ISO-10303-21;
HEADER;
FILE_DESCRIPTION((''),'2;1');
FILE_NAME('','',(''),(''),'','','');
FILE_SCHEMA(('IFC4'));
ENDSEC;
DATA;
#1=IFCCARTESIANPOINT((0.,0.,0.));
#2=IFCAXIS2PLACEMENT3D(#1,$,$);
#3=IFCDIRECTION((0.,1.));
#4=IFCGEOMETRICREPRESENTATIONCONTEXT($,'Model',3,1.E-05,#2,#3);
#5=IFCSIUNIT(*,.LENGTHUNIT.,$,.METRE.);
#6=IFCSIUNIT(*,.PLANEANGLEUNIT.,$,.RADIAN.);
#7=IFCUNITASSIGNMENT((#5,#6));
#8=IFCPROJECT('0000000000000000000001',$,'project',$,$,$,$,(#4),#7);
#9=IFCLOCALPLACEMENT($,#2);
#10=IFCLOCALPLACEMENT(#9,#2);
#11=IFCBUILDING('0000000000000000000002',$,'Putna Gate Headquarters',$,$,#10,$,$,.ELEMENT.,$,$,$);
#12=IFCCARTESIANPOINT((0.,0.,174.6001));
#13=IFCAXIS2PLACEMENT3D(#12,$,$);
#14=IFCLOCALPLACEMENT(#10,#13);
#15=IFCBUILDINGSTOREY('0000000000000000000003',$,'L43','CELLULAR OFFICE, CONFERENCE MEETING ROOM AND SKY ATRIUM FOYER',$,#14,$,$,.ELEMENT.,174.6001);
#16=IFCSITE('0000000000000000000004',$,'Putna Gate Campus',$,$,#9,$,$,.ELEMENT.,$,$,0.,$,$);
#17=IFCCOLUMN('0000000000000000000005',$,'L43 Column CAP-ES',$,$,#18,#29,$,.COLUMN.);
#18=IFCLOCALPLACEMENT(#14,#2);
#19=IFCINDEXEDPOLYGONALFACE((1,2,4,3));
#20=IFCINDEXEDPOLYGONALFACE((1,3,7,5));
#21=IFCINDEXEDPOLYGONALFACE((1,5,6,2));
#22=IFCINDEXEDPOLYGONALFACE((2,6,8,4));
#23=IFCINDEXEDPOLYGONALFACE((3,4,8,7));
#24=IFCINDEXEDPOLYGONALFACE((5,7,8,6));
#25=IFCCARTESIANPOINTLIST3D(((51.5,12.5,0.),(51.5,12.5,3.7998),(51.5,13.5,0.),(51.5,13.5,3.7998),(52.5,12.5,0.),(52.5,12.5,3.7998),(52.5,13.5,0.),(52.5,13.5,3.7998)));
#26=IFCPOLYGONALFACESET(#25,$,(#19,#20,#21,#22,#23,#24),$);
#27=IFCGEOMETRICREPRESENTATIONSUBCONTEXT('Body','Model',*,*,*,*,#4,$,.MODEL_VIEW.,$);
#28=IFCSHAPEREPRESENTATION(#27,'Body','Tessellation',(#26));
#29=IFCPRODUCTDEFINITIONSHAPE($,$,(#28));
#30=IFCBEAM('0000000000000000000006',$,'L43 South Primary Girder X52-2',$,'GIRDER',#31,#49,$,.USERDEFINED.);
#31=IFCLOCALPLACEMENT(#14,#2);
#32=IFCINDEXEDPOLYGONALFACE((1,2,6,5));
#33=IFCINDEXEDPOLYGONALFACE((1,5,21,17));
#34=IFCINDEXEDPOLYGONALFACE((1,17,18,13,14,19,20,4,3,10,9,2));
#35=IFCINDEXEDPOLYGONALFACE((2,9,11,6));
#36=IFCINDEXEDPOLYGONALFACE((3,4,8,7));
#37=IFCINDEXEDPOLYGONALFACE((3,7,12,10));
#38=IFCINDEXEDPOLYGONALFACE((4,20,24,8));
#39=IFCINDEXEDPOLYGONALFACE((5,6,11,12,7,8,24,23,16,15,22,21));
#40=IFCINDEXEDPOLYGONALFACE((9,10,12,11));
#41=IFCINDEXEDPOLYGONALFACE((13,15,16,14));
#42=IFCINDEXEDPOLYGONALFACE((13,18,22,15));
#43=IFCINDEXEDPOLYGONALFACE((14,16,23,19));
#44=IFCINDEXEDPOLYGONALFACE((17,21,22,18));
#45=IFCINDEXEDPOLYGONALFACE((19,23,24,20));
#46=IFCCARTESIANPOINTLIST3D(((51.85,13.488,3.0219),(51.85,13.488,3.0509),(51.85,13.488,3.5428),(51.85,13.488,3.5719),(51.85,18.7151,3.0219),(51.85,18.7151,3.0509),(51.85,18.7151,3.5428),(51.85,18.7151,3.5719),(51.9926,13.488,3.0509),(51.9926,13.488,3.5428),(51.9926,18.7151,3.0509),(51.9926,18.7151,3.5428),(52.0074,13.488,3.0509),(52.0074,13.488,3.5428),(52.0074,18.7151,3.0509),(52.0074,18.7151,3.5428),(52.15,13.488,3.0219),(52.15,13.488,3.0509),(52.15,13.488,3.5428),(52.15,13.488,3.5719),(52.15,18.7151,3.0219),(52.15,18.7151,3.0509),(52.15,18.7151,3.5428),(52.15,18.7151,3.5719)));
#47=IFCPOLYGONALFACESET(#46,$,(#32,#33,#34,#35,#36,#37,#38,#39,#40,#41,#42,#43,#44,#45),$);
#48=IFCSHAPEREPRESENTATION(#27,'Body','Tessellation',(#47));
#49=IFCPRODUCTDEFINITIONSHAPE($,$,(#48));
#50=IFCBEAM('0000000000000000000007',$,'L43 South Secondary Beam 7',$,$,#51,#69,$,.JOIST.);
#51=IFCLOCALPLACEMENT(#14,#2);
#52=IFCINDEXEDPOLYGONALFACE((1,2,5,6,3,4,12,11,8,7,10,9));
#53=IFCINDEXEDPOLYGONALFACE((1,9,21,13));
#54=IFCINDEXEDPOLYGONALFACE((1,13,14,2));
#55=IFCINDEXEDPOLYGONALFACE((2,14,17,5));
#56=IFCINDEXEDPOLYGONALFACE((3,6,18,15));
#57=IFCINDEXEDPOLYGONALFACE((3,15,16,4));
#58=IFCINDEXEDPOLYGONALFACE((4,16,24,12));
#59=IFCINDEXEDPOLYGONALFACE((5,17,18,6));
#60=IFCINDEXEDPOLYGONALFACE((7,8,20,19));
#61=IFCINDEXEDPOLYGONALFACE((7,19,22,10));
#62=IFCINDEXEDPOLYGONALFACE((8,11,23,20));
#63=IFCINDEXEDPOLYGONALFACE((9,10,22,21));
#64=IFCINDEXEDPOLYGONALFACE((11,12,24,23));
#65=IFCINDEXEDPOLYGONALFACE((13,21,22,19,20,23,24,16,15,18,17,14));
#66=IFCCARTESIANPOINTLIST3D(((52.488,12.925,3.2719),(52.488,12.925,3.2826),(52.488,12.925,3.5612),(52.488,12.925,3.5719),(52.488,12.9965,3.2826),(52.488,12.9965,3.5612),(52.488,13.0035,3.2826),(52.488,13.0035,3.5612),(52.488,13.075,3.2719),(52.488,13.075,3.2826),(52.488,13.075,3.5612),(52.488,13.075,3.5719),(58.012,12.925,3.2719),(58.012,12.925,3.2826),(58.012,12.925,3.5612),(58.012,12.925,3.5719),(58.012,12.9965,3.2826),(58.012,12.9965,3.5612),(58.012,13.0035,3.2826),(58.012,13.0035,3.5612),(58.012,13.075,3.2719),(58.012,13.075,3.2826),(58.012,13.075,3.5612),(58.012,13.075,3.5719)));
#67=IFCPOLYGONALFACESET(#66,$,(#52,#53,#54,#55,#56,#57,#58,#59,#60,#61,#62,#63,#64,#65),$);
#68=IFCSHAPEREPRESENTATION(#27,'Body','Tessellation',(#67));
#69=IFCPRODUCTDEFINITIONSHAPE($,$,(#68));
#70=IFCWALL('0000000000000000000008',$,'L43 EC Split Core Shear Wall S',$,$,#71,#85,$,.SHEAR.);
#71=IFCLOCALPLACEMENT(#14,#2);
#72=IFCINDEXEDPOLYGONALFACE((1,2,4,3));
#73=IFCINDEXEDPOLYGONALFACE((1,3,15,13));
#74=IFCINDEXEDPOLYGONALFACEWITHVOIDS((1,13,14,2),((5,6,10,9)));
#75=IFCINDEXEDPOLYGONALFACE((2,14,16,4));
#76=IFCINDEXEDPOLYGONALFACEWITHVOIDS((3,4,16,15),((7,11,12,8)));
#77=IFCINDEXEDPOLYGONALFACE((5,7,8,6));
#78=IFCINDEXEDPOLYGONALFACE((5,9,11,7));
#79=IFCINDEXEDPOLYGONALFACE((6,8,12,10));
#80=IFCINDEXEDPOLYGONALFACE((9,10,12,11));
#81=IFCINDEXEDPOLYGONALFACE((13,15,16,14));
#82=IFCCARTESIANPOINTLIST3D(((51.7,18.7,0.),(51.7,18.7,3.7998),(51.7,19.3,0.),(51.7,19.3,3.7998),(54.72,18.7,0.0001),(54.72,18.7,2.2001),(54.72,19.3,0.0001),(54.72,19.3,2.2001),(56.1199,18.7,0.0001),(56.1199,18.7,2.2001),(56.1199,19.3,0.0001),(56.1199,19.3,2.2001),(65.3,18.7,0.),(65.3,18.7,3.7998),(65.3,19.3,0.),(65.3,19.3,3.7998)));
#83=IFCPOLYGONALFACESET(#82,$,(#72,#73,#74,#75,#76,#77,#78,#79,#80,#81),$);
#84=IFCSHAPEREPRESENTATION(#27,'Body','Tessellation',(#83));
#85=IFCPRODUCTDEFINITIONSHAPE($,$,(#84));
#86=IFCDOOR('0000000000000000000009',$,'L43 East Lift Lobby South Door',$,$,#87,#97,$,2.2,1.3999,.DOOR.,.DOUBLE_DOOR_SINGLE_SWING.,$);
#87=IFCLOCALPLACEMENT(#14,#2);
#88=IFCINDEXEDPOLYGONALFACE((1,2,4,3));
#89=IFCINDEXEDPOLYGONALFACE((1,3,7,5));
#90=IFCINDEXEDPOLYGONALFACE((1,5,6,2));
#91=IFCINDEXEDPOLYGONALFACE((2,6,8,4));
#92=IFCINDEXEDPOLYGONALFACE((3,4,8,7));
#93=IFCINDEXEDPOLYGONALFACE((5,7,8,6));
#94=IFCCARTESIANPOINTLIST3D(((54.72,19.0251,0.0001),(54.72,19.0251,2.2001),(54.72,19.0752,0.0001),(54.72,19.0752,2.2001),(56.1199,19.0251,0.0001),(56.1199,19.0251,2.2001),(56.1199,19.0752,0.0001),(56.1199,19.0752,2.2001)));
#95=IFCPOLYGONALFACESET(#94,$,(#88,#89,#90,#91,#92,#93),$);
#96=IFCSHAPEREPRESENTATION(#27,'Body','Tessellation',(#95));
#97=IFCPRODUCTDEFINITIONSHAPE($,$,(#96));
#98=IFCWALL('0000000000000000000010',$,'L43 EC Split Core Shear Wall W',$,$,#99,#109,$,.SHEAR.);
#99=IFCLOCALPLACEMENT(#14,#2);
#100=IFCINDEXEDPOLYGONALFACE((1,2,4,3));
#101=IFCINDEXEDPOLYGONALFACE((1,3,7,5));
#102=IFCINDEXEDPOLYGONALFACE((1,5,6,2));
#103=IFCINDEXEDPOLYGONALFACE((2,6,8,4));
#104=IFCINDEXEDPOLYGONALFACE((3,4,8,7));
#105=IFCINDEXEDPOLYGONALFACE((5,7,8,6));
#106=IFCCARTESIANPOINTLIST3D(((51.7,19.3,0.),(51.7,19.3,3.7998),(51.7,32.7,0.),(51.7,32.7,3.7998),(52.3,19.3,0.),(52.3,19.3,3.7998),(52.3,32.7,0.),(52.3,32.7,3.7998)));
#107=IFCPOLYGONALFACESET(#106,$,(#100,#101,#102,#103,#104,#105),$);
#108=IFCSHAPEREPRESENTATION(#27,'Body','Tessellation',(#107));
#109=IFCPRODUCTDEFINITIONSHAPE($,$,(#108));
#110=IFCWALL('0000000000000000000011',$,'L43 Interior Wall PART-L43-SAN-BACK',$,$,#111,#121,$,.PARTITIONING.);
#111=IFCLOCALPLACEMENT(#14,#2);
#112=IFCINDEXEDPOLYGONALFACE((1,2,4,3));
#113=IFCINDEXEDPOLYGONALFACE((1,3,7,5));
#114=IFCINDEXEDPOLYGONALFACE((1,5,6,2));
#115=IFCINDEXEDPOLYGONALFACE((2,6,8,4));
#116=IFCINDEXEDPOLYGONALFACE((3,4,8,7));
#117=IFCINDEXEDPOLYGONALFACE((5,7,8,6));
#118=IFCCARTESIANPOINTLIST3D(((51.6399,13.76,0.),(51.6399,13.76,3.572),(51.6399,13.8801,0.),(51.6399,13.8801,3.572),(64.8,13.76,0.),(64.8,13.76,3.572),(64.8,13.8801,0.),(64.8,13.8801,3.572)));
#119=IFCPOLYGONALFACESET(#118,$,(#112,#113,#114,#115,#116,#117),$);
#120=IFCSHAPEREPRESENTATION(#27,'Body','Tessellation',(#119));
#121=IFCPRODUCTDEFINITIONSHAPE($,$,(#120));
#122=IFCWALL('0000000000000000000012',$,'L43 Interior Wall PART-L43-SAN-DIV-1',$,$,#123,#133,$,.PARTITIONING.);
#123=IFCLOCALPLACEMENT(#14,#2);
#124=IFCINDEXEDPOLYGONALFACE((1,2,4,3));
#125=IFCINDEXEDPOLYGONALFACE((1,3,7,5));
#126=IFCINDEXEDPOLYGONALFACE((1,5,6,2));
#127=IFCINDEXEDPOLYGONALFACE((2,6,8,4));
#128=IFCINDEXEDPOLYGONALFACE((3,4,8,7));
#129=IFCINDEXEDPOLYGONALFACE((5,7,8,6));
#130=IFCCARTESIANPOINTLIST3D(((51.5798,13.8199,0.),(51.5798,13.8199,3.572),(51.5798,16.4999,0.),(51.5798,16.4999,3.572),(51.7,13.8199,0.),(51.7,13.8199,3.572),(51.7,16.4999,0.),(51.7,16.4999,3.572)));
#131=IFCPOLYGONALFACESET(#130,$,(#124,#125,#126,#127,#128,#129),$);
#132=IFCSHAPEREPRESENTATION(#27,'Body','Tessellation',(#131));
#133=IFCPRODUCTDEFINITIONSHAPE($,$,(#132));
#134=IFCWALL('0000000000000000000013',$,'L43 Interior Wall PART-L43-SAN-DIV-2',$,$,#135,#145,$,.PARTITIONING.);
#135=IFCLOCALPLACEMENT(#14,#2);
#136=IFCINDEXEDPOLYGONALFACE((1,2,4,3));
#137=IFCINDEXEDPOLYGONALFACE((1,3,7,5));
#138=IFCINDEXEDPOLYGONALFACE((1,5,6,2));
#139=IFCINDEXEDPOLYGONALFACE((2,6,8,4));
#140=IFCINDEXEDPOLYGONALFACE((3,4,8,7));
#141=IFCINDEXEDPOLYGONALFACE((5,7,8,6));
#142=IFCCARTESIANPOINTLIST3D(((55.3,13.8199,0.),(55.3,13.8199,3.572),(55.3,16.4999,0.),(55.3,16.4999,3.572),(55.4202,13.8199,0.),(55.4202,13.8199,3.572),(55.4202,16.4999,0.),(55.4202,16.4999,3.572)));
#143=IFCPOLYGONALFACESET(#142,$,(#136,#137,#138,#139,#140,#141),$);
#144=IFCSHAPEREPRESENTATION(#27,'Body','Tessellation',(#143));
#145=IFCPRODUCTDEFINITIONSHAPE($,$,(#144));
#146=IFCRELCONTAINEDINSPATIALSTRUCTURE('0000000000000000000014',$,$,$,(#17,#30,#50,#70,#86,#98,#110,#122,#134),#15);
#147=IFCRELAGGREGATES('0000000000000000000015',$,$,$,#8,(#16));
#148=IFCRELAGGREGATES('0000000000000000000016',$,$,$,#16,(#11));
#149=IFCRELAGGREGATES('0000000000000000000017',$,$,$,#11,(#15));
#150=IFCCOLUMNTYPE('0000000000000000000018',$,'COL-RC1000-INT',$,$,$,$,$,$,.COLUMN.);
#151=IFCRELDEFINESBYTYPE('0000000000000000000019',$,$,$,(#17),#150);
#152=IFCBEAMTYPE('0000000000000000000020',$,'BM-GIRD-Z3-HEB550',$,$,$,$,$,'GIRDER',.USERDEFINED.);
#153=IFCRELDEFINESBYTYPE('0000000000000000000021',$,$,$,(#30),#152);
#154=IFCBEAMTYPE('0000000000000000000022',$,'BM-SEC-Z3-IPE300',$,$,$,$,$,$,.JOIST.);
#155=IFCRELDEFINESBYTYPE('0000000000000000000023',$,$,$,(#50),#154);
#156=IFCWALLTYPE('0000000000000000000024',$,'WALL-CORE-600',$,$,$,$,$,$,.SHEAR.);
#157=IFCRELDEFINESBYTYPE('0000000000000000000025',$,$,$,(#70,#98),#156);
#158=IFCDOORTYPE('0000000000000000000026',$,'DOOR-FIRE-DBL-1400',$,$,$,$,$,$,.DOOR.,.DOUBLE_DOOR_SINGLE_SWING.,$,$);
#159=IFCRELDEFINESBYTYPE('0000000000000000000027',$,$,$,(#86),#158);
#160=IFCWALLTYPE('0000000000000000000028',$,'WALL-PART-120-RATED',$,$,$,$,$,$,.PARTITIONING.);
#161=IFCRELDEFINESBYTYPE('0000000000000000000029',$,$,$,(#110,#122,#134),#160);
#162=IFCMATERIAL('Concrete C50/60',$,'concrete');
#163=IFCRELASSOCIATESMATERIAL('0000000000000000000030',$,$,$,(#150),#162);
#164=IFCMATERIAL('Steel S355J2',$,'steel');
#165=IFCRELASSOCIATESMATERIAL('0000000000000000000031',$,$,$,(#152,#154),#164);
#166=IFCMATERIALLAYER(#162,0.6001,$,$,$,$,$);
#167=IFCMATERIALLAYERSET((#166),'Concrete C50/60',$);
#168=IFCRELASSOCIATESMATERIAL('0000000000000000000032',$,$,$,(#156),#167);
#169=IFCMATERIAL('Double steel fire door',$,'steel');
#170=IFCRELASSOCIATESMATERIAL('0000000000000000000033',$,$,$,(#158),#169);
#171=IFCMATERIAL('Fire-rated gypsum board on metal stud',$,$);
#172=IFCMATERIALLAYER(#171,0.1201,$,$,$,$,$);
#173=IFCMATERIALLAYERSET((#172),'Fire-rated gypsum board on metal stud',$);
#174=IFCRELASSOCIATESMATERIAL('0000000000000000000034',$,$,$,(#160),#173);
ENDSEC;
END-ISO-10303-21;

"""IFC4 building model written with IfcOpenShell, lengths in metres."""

from ifc_helpers import new_model, si_unit, direction, frame, frame_2d, origin, origin_2d, place, context, subcontext, project, spatial, rectangle, i_section, extrude, material, layer, layer_set, material_profile, profile_set, type_object, element, fill, save


model = new_model("IFC4")

# Units and contexts
model_context = context("Model", 3, precision=1e-05, world=origin(), true_north=direction((0.0, 1.0)))
body_context = subcontext(model_context, "Body", "Model", "MODEL_VIEW")
ifc_project = project(units=[si_unit("LENGTHUNIT", "METRE"), si_unit("PLANEANGLEUNIT", "RADIAN")], contexts=[model_context])

# Site, building, storey
site_placement = place(None, origin())
site = spatial("IfcSite", under=ifc_project, at=site_placement, Name="Putna Gate Campus", CompositionType="ELEMENT", RefElevation=0.0)
building_placement = place(site_placement, origin())
building = spatial("IfcBuilding", under=site, at=building_placement, Name="Putna Gate Headquarters", CompositionType="ELEMENT")
storey_placement = place(building_placement, frame((0.0, 0.0, 174.6001)))
storey = spatial("IfcBuildingStorey", under=building, at=storey_placement, Name="L43", Description="CELLULAR OFFICE, CONFERENCE MEETING ROOM AND SKY ATRIUM FOYER", CompositionType="ELEMENT", Elevation=174.6001)

# Column
ifc_material_1 = material(Name="Concrete C50/60", Category="concrete")
ifc_material_profile_1 = material_profile(ifc_material_1, rectangle(XDim=1.0, YDim=1.0, at=origin_2d()), Name="Concrete C50/60")
ifc_profile_set_1 = profile_set([ifc_material_profile_1], Name="Concrete C50/60")
column_type = type_object("IfcColumnType", Name="COL-RC1000-INT", PredefinedType="COLUMN", material=ifc_profile_set_1)
column_placement = place(storey_placement, frame((52.0, 13.0, 0.0), z_axis=(0.0, 0.0, 1.0), x_axis=(1.0, 0.0, 0.0)))
element("IfcColumn", 1, at=column_placement, inside=storey, type_object=column_type, Name="L43 Column CAP-ES", PredefinedType="COLUMN", context=body_context, shape_type="SweptSolid", body=[
    extrude(rectangle(XDim=1.0, YDim=1.0, at=origin_2d()), origin(), (0.0, 0.0, 1.0), 3.7998),
])

# Beams
ifc_material_2 = material(Name="Steel S355J2", Category="steel")
ifc_material_profile_2 = material_profile(ifc_material_2, i_section(OverallWidth=0.3, OverallDepth=0.55, WebThickness=0.0149, FlangeThickness=0.0291, at=origin_2d()), Name="Steel S355J2")
ifc_profile_set_2 = profile_set([ifc_material_profile_2], Name="Steel S355J2")
beam_type_1 = type_object("IfcBeamType", Name="BM-GIRD-Z3-HEB550", ElementType="GIRDER", PredefinedType="USERDEFINED", material=ifc_profile_set_2)
beam_1_placement = place(storey_placement, frame((52.0, 13.488, 3.2969), z_axis=(0.0, 1.0, 0.0), x_axis=(-1.0, 0.0, 0.0)))
element("IfcBeam", 2, at=beam_1_placement, inside=storey, type_object=beam_type_1, Name="L43 South Primary Girder X52-2", ObjectType="GIRDER", PredefinedType="USERDEFINED", context=body_context, shape_type="SweptSolid", body=[
    extrude(i_section(OverallWidth=0.3, OverallDepth=0.55, WebThickness=0.0149, FlangeThickness=0.0291, at=origin_2d()), origin(), (0.0, 0.0, 1.0), 5.2271),
])
ifc_material_profile_3 = material_profile(ifc_material_2, i_section(OverallWidth=0.1499, OverallDepth=0.3, WebThickness=0.0071, FlangeThickness=0.0107, at=origin_2d()), Name="Steel S355J2")
ifc_profile_set_3 = profile_set([ifc_material_profile_3], Name="Steel S355J2")
beam_type_2 = type_object("IfcBeamType", Name="BM-SEC-Z3-IPE300", PredefinedType="JOIST", material=ifc_profile_set_3)
beam_2_placement = place(storey_placement, frame((52.488, 13.0, 3.4219), z_axis=(1.0, 0.0, 0.0), x_axis=(0.0, 1.0, 0.0)))
element("IfcBeam", 3, at=beam_2_placement, inside=storey, type_object=beam_type_2, Name="L43 South Secondary Beam 7", PredefinedType="JOIST", context=body_context, shape_type="SweptSolid", body=[
    extrude(i_section(OverallWidth=0.1499, OverallDepth=0.3, WebThickness=0.0071, FlangeThickness=0.0107, at=origin_2d()), origin(), (0.0, 0.0, 1.0), 5.5239),
])

# Wall, opening, door
ifc_layer_1 = layer(ifc_material_1, 0.6001)
ifc_layer_set_1 = layer_set([ifc_layer_1], Name="Concrete C50/60")
wall_type_1 = type_object("IfcWallType", Name="WALL-CORE-600", PredefinedType="SHEAR", material=ifc_layer_set_1)
wall_1_placement = place(storey_placement, frame((51.7, 19.0, 0.0), z_axis=(0.0, 0.0, 1.0), x_axis=(1.0, 0.0, 0.0)))
wall_1 = element("IfcWall", 4, at=wall_1_placement, inside=storey, type_object=wall_type_1, Name="L43 EC Split Core Shear Wall S", PredefinedType="SHEAR", context=body_context, shape_type="SweptSolid", body=[
    extrude(rectangle(XDim=13.6001, YDim=0.6001, at=frame_2d((6.8, 0.0))), origin(), (0.0, 0.0, 1.0), 3.7998),
])
opening_1_placement = place(wall_1_placement, frame((3.02, 0.0, 0.0)))
opening_1 = element("IfcOpeningElement", 5, at=opening_1_placement, cuts=wall_1, PredefinedType="OPENING", context=body_context, shape_type="SweptSolid", body=[
    extrude(rectangle(XDim=1.3999, YDim=2.2, at=frame_2d((0.7, 1.1001))), frame((0.0, 0.3101, 0.0), z_axis=(0.0, -1.0, 0.0), x_axis=(1.0, 0.0, 0.0)), (0.0, 0.0, 1.0), 0.6201),
])
ifc_material_3 = material(Name="Double steel fire door", Category="steel")
door_type_1 = type_object("IfcDoorType", Name="DOOR-FIRE-DBL-1400", OperationType="DOUBLE_DOOR_SINGLE_SWING", PredefinedType="DOOR", material=ifc_material_3)
door_1_placement = place(opening_1_placement, origin())
door_1 = element("IfcDoor", 6, at=door_1_placement, inside=storey, type_object=door_type_1, Name="L43 East Lift Lobby South Door", OperationType="DOUBLE_DOOR_SINGLE_SWING", OverallHeight=2.2, OverallWidth=1.3999, PredefinedType="DOOR", context=body_context, shape_type="SweptSolid", body=[
    extrude(rectangle(XDim=1.3999, YDim=2.2, at=frame_2d((0.7, 1.1001))), frame((0.0, 0.0752, 0.0), z_axis=(0.0, -1.0, 0.0), x_axis=(1.0, 0.0, 0.0)), (0.0, 0.0, 1.0), 0.05),
])
fill(opening_1, door_1)

# Wall
wall_2_placement = place(storey_placement, frame((52.0, 19.3, 0.0), z_axis=(0.0, 0.0, 1.0), x_axis=(0.0, 1.0, 0.0)))
element("IfcWall", 7, at=wall_2_placement, inside=storey, type_object=wall_type_1, Name="L43 EC Split Core Shear Wall W", PredefinedType="SHEAR", context=body_context, shape_type="SweptSolid", body=[
    extrude(rectangle(XDim=13.3999, YDim=0.6001, at=frame_2d((6.7, 0.0))), origin(), (0.0, 0.0, 1.0), 3.7998),
])

# Shared definitions
ifc_material_4 = material(Name="Fire-rated gypsum board on metal stud")
ifc_layer_2 = layer(ifc_material_4, 0.1201)
ifc_layer_set_2 = layer_set([ifc_layer_2], Name="Fire-rated gypsum board on metal stud")
wall_type_2 = type_object("IfcWallType", Name="WALL-PART-120-RATED", PredefinedType="PARTITIONING", material=ifc_layer_set_2)

# Walls
wall_3_placement = place(storey_placement, frame((51.6399, 13.8201, 0.0), z_axis=(0.0, 0.0, 1.0), x_axis=(1.0, 0.0, 0.0)))
element("IfcWall", 8, at=wall_3_placement, inside=storey, type_object=wall_type_2, Name="L43 Interior Wall PART-L43-SAN-BACK", PredefinedType="PARTITIONING", context=body_context, shape_type="SweptSolid", body=[
    extrude(rectangle(XDim=13.1602, YDim=0.1201, at=frame_2d((6.5801, 0.0))), origin(), (0.0, 0.0, 1.0), 3.572),
])
for number, where, z_axis, x_axis, name in (
    (9, (51.6399, 13.8201, 0.0), (0.0, 0.0, 1.0), (0.0, 1.0, 0.0), "L43 Interior Wall PART-L43-SAN-DIV-1"),
    (10, (55.3601, 13.8201, 0.0), (0.0, 0.0, 1.0), (0.0, 1.0, 0.0), "L43 Interior Wall PART-L43-SAN-DIV-2"),
):
    element("IfcWall", number, at=place(storey_placement, frame(where, z_axis=z_axis, x_axis=x_axis)), inside=storey, type_object=wall_type_2, Name=name, PredefinedType="PARTITIONING", context=body_context, shape_type="SweptSolid", body=[
        extrude(rectangle(XDim=2.6799, YDim=0.1201, at=frame_2d((1.3398, 0.0))), origin(), (0.0, 0.0, 1.0), 3.572),
    ])

save(model, "model.ifc")
